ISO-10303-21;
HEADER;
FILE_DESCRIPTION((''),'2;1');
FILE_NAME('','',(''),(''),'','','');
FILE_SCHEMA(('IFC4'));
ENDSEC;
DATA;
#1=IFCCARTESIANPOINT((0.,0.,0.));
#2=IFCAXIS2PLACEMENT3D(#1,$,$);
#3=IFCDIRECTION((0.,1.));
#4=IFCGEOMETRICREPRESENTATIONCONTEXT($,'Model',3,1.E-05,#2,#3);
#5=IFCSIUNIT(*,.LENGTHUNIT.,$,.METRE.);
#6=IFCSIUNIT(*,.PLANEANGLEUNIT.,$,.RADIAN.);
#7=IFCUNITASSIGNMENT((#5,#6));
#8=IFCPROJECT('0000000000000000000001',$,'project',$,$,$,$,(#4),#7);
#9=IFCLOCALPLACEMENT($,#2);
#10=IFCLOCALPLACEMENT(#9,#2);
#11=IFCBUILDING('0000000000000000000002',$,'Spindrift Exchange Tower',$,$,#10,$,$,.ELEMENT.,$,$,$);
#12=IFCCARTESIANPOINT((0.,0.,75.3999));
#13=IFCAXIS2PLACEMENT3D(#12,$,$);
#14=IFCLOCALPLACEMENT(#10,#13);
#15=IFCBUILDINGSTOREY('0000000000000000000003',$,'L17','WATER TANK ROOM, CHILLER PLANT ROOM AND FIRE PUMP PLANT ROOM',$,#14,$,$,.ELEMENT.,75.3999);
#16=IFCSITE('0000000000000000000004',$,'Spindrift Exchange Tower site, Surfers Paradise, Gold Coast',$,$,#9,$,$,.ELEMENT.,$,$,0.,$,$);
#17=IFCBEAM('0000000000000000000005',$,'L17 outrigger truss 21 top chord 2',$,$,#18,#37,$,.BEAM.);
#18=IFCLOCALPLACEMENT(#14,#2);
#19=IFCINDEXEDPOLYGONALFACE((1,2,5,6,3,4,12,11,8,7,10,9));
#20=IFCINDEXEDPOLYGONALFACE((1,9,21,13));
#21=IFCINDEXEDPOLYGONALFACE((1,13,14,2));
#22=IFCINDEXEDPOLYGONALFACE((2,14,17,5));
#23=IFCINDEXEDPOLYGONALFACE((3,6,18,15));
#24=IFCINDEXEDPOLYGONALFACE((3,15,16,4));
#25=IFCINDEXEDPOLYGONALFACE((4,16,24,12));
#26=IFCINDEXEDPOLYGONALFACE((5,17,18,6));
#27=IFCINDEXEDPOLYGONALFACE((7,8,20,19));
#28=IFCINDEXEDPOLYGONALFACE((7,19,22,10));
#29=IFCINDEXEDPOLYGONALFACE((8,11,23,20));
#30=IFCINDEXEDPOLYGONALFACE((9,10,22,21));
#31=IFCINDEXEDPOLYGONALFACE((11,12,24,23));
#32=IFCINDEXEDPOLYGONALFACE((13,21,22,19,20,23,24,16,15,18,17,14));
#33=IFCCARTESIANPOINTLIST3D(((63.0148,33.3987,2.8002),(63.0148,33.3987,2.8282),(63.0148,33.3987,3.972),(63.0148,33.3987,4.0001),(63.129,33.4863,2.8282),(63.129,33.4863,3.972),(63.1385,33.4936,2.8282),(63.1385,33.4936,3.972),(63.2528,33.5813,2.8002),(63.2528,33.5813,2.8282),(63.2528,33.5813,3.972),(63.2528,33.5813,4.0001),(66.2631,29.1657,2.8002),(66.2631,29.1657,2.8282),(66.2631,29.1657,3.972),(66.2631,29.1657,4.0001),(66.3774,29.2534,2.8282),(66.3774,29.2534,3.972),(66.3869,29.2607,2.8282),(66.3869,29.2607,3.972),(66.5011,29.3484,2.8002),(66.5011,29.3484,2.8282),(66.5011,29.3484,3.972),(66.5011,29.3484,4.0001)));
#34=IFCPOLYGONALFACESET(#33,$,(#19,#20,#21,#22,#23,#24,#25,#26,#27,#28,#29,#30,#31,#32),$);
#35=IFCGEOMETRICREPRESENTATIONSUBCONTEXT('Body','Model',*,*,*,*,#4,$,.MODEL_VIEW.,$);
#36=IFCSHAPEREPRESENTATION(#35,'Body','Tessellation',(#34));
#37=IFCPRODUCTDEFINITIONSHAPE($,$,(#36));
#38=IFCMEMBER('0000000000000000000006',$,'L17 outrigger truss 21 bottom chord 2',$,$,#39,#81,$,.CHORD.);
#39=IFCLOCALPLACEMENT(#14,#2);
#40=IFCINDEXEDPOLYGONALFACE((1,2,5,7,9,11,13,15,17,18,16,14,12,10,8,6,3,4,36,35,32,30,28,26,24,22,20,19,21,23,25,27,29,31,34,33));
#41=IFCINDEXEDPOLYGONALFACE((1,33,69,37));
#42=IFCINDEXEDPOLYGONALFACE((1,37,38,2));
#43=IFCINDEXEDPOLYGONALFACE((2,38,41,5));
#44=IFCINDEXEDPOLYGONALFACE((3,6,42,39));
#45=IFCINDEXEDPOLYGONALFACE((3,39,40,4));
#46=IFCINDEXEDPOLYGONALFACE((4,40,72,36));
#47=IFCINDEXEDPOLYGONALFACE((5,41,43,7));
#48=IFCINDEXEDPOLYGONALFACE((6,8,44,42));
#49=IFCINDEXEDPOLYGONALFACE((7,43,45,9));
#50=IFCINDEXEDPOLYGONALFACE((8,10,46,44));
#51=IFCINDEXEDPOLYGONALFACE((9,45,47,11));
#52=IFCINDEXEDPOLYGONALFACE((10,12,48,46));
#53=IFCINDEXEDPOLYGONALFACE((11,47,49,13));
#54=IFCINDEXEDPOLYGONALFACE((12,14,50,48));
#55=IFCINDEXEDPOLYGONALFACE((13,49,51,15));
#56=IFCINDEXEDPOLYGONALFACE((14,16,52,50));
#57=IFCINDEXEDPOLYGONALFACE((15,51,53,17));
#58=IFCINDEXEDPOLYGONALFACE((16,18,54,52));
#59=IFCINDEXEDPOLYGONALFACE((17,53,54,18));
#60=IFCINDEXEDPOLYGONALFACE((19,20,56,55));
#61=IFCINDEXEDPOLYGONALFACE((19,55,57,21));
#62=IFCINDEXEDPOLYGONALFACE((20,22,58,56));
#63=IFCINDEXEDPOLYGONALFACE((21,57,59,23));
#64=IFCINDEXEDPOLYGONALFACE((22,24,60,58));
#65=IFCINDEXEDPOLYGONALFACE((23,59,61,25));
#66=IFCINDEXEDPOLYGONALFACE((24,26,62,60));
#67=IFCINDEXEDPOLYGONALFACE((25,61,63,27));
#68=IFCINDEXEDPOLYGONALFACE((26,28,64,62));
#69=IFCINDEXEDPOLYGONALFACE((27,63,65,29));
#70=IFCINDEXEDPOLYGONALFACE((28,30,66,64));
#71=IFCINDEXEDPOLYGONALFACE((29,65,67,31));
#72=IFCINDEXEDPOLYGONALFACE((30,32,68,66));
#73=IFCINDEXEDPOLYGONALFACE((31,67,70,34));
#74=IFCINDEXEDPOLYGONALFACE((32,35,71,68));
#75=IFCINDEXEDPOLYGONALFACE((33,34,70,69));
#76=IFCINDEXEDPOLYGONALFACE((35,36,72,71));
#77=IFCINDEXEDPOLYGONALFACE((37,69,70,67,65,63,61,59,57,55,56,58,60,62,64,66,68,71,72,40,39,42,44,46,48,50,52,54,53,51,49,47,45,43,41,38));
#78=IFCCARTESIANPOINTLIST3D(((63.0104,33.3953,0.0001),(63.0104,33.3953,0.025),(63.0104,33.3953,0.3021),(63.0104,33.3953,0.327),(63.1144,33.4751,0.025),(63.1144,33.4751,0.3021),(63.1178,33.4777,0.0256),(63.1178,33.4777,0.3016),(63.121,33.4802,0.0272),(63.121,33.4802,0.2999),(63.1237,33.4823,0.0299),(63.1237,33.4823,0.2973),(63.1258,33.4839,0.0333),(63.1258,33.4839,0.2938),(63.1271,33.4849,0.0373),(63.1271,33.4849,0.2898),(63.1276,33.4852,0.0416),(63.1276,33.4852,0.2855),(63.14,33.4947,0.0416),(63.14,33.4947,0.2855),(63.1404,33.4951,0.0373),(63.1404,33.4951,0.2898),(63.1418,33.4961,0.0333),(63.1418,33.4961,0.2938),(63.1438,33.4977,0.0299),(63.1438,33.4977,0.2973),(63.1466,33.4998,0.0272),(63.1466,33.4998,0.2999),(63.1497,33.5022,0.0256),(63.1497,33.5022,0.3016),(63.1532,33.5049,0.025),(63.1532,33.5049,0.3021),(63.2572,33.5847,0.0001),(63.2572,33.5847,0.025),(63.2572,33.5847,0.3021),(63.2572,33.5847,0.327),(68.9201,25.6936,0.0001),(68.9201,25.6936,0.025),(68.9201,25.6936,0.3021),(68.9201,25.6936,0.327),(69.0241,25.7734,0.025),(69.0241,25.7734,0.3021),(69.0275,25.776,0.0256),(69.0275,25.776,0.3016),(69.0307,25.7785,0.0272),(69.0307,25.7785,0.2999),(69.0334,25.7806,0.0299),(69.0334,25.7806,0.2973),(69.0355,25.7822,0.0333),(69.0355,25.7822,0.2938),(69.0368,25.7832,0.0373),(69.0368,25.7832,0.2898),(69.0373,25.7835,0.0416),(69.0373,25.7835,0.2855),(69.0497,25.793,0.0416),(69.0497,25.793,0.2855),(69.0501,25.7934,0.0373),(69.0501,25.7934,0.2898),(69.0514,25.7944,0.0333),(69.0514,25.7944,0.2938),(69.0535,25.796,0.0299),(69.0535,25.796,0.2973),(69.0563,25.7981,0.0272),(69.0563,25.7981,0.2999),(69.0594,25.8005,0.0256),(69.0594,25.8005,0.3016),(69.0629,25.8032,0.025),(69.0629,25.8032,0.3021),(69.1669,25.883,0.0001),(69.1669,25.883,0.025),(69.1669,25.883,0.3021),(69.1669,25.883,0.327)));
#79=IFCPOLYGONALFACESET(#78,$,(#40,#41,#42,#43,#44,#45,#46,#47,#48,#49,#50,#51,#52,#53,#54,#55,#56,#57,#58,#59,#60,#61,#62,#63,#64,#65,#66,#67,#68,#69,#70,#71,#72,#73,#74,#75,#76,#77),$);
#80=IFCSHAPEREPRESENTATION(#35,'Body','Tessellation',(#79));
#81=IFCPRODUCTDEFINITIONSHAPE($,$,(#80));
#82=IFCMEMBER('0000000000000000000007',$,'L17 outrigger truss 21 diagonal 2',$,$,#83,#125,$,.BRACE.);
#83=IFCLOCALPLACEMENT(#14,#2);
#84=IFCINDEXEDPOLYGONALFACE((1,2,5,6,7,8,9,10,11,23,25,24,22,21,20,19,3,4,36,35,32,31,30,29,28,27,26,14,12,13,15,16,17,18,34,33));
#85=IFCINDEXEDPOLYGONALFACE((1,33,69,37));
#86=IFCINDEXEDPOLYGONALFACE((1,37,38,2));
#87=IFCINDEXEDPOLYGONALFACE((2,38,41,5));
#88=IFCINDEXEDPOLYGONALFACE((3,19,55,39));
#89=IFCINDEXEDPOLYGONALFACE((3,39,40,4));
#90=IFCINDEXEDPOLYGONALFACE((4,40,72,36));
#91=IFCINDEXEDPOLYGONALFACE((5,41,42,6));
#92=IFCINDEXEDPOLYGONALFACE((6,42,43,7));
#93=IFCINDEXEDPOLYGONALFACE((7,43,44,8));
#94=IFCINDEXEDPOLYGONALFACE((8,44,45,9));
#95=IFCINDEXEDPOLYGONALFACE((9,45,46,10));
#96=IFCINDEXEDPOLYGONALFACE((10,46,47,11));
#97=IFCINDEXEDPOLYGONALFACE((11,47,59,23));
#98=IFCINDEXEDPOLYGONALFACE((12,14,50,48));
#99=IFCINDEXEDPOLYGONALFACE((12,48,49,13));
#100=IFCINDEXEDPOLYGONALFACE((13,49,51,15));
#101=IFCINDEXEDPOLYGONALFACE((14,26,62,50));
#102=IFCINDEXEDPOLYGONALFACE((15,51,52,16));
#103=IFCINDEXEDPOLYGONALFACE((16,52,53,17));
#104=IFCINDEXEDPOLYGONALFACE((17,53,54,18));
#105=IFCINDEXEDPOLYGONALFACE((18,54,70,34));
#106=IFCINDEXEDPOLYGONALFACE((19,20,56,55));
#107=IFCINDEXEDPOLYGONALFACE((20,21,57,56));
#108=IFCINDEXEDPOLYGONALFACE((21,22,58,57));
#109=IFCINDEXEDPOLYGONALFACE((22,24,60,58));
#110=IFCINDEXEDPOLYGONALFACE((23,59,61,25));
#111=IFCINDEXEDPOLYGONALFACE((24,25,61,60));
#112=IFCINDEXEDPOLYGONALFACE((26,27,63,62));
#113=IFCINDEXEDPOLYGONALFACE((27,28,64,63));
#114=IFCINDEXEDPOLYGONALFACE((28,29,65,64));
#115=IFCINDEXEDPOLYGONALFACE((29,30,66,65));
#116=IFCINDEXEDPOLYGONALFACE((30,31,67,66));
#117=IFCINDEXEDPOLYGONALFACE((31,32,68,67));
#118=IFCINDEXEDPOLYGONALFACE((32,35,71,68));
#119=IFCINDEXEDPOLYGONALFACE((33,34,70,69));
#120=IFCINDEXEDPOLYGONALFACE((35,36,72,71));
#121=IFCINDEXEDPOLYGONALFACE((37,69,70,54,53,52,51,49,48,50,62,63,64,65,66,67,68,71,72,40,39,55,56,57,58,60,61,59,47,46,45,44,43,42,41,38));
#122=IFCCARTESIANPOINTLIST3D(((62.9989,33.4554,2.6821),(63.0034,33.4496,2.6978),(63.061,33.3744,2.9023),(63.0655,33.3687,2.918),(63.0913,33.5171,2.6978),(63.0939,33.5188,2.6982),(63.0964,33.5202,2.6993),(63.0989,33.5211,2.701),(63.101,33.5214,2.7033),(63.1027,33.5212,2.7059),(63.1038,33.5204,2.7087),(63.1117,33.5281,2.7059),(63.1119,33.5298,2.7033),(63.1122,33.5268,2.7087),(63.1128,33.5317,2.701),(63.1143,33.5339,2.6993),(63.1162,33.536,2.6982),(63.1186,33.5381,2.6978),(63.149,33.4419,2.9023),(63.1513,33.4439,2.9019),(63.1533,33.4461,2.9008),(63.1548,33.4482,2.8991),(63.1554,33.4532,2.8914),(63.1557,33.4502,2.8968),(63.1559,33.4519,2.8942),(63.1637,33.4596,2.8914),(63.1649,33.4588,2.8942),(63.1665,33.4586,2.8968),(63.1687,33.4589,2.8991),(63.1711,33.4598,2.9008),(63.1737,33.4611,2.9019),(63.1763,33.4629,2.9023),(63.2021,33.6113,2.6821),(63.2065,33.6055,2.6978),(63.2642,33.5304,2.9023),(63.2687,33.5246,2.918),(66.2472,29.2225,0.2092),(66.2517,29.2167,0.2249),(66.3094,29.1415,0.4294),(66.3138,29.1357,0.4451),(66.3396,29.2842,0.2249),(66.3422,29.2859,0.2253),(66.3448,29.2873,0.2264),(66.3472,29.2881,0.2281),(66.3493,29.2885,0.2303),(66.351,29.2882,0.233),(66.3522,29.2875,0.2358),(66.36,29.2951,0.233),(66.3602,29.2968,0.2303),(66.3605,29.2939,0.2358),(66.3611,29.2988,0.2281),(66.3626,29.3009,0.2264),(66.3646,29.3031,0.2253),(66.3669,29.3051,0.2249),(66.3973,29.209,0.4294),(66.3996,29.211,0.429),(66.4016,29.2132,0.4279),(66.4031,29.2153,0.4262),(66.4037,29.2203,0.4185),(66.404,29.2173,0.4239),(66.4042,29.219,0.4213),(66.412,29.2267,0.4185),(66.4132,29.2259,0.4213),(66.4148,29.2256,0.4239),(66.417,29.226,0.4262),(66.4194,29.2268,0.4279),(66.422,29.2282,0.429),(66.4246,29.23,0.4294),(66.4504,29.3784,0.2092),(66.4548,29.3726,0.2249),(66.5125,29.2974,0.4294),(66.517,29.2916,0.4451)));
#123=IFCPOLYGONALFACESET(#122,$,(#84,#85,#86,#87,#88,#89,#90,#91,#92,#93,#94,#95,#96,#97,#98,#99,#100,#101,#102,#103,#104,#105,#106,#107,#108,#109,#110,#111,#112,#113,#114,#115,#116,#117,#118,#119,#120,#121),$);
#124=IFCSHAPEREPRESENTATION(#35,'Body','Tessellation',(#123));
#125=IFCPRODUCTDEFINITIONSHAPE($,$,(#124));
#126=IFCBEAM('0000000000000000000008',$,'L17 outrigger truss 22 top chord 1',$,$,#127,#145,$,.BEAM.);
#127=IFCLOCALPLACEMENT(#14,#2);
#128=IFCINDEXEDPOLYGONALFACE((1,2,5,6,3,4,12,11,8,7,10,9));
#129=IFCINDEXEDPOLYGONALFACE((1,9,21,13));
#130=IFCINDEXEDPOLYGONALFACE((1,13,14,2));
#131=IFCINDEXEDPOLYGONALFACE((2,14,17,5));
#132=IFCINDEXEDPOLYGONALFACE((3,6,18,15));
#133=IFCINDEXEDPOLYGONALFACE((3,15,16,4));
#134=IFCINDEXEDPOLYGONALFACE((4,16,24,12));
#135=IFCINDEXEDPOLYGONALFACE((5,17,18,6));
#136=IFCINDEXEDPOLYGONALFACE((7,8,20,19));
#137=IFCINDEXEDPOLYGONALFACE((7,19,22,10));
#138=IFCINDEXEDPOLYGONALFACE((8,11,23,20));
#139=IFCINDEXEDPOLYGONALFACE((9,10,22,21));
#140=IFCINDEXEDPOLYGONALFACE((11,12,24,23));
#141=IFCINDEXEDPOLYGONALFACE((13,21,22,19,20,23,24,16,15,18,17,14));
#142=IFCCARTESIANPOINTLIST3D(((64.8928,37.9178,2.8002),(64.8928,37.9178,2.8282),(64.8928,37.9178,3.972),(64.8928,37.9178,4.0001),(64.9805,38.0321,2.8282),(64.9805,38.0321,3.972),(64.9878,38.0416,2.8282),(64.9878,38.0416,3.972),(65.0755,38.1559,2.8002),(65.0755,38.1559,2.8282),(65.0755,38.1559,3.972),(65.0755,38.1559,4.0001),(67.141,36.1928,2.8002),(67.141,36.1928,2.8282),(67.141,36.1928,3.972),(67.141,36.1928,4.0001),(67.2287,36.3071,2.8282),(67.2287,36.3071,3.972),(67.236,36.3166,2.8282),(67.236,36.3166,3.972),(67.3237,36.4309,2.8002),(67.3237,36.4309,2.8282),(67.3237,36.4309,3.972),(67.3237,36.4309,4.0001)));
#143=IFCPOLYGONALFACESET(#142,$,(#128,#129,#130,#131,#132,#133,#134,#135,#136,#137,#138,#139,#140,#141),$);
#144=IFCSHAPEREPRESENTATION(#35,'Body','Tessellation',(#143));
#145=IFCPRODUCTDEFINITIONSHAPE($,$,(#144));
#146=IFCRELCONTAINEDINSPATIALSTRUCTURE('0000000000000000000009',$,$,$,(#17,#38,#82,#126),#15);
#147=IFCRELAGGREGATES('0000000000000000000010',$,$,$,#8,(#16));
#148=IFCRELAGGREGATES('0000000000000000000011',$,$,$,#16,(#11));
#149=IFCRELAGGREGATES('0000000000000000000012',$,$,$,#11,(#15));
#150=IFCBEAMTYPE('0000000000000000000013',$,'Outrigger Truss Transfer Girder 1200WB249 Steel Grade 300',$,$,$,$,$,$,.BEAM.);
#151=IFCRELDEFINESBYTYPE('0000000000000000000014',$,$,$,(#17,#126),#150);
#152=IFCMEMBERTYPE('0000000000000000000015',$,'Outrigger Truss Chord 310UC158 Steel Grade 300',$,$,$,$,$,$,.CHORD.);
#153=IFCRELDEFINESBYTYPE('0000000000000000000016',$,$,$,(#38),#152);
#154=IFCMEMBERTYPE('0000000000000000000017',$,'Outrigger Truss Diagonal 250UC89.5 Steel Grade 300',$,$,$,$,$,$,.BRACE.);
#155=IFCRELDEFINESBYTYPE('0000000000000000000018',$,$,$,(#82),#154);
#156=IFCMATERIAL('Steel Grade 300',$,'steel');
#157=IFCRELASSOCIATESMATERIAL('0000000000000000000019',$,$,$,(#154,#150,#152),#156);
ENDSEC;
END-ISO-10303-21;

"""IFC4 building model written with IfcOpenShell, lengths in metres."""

from ifc_helpers import new_model, si_unit, direction, frame, origin, origin_2d, place, context, subcontext, project, spatial, i_section, extrude, source, transform, mapped, material, material_profile, profile_set, type_object, element, save


model = new_model("IFC4")

# Units and contexts
model_context = context("Model", 3, precision=1e-05, world=origin(), true_north=direction((0.0, 1.0)))
body_context = subcontext(model_context, "Body", "Model", "MODEL_VIEW")
ifc_project = project(units=[si_unit("LENGTHUNIT", "METRE"), si_unit("PLANEANGLEUNIT", "RADIAN")], contexts=[model_context])

# Site, building, storey
site_placement = place(None, origin())
site = spatial("IfcSite", under=ifc_project, at=site_placement, Name="Spindrift Exchange Tower site, Surfers Paradise, Gold Coast", CompositionType="ELEMENT", RefElevation=0.0)
building_placement = place(site_placement, origin())
building = spatial("IfcBuilding", under=site, at=building_placement, Name="Spindrift Exchange Tower", CompositionType="ELEMENT")
storey_placement = place(building_placement, frame((0.0, 0.0, 75.3999)))
storey = spatial("IfcBuildingStorey", under=building, at=storey_placement, Name="L17", Description="WATER TANK ROOM, CHILLER PLANT ROOM AND FIRE PUMP PLANT ROOM", CompositionType="ELEMENT", Elevation=75.3999)

# Shared definitions
ifc_material_1 = material(Name="Steel Grade 300", Category="steel")
ifc_material_profile_1 = material_profile(ifc_material_1, i_section(OverallWidth=0.2561, OverallDepth=0.26, WebThickness=0.0105, FlangeThickness=0.0173, FilletRadius=0.012, at=origin_2d()), Name="250UC89.5")
ifc_profile_set_1 = profile_set([ifc_material_profile_1], Name="Steel Grade 300")
member_type_1 = type_object("IfcMemberType", Name="Outrigger Truss Diagonal 250UC89.5 Steel Grade 300", PredefinedType="BRACE", material=ifc_profile_set_1)

# Shared definitions
ifc_material_profile_2 = material_profile(ifc_material_1, i_section(OverallWidth=0.3, OverallDepth=1.2, WebThickness=0.012, FlangeThickness=0.0281, at=origin_2d()), Name="1200WB249")
ifc_profile_set_2 = profile_set([ifc_material_profile_2], Name="Steel Grade 300")
beam_type = type_object("IfcBeamType", Name="Outrigger Truss Transfer Girder 1200WB249 Steel Grade 300", PredefinedType="BEAM", material=ifc_profile_set_2)

# Shared definitions
ifc_material_profile_3 = material_profile(ifc_material_1, i_section(OverallWidth=0.311, OverallDepth=0.3269, WebThickness=0.0156, FlangeThickness=0.0249, FilletRadius=0.0166, at=origin_2d()), Name="310UC158")
ifc_profile_set_3 = profile_set([ifc_material_profile_3], Name="Steel Grade 300")
member_type_2 = type_object("IfcMemberType", Name="Outrigger Truss Chord 310UC158 Steel Grade 300", PredefinedType="CHORD", material=ifc_profile_set_3)

# Beam
shared_shape_1 = source(origin(), body_context, "Body", "SweptSolid", [
    extrude(i_section(OverallWidth=0.3, OverallDepth=1.2, WebThickness=0.012, FlangeThickness=0.0281, at=origin_2d()), origin(), (0.0, 0.0, 1.0), 5.3357),
])
beam_1_placement = place(storey_placement, frame((63.1338, 33.49, 3.4001), z_axis=(0.608793, -0.793329, 0.0), x_axis=(0.793329, 0.608793, 0.0)))
element("IfcBeam", 1, at=beam_1_placement, inside=storey, type_object=beam_type, Name="L17 outrigger truss 21 top chord 2", PredefinedType="BEAM", context=body_context, shape_type="MappedRepresentation", body=[
    mapped(shared_shape_1, transform((0.0, 0.0, 0.0), scale=1.0)),
])

# Members
shared_shape_2 = source(origin(), body_context, "Body", "SweptSolid", [
    extrude(i_section(OverallWidth=0.311, OverallDepth=0.3269, WebThickness=0.0156, FlangeThickness=0.0249, FilletRadius=0.0166, at=origin_2d()), origin(), (0.0, 0.0, 1.0), 9.7078),
])
member_1_placement = place(storey_placement, frame((63.1338, 33.49, 0.1636), z_axis=(0.60876, -0.793355, 0.0), x_axis=(0.793355, 0.60876, 0.0)))
element("IfcMember", 2, at=member_1_placement, inside=storey, type_object=member_type_2, Name="L17 outrigger truss 21 bottom chord 2", PredefinedType="CHORD", context=body_context, shape_type="MappedRepresentation", body=[
    mapped(shared_shape_2, transform((0.0, 0.0, 0.0), scale=1.0)),
])
shared_shape_3 = source(origin(), body_context, "Body", "SweptSolid", [
    extrude(i_section(OverallWidth=0.2561, OverallDepth=0.26, WebThickness=0.0105, FlangeThickness=0.0173, FilletRadius=0.012, at=origin_2d()), origin(), (0.0, 0.0, 1.0), 5.8809),
])
member_2_placement = place(storey_placement, frame((63.1338, 33.49, 2.8), z_axis=(0.552352, -0.719781, -0.420502), x_axis=(0.793329, 0.608793, 0.0)))
element("IfcMember", 3, at=member_2_placement, inside=storey, type_object=member_type_1, Name="L17 outrigger truss 21 diagonal 2", PredefinedType="BRACE", context=body_context, shape_type="MappedRepresentation", body=[
    mapped(shared_shape_3, transform((0.0, 0.0, 0.0), scale=1.0)),
])

# Beam
shared_shape_4 = source(origin(), body_context, "Body", "SweptSolid", [
    extrude(i_section(OverallWidth=0.3, OverallDepth=1.2, WebThickness=0.012, FlangeThickness=0.0281, at=origin_2d()), origin(), (0.0, 0.0, 1.0), 2.8337),
])
beam_2_placement = place(storey_placement, frame((64.9841, 38.0369, 3.4001), z_axis=(0.793366, -0.608744, 0.0), x_axis=(0.608744, 0.793366, 0.0)))
element("IfcBeam", 4, at=beam_2_placement, inside=storey, type_object=beam_type, Name="L17 outrigger truss 22 top chord 1", PredefinedType="BEAM", context=body_context, shape_type="MappedRepresentation", body=[
    mapped(shared_shape_4, transform((0.0, 0.0, 0.0), scale=1.0)),
])

save(model, "model.ifc")
